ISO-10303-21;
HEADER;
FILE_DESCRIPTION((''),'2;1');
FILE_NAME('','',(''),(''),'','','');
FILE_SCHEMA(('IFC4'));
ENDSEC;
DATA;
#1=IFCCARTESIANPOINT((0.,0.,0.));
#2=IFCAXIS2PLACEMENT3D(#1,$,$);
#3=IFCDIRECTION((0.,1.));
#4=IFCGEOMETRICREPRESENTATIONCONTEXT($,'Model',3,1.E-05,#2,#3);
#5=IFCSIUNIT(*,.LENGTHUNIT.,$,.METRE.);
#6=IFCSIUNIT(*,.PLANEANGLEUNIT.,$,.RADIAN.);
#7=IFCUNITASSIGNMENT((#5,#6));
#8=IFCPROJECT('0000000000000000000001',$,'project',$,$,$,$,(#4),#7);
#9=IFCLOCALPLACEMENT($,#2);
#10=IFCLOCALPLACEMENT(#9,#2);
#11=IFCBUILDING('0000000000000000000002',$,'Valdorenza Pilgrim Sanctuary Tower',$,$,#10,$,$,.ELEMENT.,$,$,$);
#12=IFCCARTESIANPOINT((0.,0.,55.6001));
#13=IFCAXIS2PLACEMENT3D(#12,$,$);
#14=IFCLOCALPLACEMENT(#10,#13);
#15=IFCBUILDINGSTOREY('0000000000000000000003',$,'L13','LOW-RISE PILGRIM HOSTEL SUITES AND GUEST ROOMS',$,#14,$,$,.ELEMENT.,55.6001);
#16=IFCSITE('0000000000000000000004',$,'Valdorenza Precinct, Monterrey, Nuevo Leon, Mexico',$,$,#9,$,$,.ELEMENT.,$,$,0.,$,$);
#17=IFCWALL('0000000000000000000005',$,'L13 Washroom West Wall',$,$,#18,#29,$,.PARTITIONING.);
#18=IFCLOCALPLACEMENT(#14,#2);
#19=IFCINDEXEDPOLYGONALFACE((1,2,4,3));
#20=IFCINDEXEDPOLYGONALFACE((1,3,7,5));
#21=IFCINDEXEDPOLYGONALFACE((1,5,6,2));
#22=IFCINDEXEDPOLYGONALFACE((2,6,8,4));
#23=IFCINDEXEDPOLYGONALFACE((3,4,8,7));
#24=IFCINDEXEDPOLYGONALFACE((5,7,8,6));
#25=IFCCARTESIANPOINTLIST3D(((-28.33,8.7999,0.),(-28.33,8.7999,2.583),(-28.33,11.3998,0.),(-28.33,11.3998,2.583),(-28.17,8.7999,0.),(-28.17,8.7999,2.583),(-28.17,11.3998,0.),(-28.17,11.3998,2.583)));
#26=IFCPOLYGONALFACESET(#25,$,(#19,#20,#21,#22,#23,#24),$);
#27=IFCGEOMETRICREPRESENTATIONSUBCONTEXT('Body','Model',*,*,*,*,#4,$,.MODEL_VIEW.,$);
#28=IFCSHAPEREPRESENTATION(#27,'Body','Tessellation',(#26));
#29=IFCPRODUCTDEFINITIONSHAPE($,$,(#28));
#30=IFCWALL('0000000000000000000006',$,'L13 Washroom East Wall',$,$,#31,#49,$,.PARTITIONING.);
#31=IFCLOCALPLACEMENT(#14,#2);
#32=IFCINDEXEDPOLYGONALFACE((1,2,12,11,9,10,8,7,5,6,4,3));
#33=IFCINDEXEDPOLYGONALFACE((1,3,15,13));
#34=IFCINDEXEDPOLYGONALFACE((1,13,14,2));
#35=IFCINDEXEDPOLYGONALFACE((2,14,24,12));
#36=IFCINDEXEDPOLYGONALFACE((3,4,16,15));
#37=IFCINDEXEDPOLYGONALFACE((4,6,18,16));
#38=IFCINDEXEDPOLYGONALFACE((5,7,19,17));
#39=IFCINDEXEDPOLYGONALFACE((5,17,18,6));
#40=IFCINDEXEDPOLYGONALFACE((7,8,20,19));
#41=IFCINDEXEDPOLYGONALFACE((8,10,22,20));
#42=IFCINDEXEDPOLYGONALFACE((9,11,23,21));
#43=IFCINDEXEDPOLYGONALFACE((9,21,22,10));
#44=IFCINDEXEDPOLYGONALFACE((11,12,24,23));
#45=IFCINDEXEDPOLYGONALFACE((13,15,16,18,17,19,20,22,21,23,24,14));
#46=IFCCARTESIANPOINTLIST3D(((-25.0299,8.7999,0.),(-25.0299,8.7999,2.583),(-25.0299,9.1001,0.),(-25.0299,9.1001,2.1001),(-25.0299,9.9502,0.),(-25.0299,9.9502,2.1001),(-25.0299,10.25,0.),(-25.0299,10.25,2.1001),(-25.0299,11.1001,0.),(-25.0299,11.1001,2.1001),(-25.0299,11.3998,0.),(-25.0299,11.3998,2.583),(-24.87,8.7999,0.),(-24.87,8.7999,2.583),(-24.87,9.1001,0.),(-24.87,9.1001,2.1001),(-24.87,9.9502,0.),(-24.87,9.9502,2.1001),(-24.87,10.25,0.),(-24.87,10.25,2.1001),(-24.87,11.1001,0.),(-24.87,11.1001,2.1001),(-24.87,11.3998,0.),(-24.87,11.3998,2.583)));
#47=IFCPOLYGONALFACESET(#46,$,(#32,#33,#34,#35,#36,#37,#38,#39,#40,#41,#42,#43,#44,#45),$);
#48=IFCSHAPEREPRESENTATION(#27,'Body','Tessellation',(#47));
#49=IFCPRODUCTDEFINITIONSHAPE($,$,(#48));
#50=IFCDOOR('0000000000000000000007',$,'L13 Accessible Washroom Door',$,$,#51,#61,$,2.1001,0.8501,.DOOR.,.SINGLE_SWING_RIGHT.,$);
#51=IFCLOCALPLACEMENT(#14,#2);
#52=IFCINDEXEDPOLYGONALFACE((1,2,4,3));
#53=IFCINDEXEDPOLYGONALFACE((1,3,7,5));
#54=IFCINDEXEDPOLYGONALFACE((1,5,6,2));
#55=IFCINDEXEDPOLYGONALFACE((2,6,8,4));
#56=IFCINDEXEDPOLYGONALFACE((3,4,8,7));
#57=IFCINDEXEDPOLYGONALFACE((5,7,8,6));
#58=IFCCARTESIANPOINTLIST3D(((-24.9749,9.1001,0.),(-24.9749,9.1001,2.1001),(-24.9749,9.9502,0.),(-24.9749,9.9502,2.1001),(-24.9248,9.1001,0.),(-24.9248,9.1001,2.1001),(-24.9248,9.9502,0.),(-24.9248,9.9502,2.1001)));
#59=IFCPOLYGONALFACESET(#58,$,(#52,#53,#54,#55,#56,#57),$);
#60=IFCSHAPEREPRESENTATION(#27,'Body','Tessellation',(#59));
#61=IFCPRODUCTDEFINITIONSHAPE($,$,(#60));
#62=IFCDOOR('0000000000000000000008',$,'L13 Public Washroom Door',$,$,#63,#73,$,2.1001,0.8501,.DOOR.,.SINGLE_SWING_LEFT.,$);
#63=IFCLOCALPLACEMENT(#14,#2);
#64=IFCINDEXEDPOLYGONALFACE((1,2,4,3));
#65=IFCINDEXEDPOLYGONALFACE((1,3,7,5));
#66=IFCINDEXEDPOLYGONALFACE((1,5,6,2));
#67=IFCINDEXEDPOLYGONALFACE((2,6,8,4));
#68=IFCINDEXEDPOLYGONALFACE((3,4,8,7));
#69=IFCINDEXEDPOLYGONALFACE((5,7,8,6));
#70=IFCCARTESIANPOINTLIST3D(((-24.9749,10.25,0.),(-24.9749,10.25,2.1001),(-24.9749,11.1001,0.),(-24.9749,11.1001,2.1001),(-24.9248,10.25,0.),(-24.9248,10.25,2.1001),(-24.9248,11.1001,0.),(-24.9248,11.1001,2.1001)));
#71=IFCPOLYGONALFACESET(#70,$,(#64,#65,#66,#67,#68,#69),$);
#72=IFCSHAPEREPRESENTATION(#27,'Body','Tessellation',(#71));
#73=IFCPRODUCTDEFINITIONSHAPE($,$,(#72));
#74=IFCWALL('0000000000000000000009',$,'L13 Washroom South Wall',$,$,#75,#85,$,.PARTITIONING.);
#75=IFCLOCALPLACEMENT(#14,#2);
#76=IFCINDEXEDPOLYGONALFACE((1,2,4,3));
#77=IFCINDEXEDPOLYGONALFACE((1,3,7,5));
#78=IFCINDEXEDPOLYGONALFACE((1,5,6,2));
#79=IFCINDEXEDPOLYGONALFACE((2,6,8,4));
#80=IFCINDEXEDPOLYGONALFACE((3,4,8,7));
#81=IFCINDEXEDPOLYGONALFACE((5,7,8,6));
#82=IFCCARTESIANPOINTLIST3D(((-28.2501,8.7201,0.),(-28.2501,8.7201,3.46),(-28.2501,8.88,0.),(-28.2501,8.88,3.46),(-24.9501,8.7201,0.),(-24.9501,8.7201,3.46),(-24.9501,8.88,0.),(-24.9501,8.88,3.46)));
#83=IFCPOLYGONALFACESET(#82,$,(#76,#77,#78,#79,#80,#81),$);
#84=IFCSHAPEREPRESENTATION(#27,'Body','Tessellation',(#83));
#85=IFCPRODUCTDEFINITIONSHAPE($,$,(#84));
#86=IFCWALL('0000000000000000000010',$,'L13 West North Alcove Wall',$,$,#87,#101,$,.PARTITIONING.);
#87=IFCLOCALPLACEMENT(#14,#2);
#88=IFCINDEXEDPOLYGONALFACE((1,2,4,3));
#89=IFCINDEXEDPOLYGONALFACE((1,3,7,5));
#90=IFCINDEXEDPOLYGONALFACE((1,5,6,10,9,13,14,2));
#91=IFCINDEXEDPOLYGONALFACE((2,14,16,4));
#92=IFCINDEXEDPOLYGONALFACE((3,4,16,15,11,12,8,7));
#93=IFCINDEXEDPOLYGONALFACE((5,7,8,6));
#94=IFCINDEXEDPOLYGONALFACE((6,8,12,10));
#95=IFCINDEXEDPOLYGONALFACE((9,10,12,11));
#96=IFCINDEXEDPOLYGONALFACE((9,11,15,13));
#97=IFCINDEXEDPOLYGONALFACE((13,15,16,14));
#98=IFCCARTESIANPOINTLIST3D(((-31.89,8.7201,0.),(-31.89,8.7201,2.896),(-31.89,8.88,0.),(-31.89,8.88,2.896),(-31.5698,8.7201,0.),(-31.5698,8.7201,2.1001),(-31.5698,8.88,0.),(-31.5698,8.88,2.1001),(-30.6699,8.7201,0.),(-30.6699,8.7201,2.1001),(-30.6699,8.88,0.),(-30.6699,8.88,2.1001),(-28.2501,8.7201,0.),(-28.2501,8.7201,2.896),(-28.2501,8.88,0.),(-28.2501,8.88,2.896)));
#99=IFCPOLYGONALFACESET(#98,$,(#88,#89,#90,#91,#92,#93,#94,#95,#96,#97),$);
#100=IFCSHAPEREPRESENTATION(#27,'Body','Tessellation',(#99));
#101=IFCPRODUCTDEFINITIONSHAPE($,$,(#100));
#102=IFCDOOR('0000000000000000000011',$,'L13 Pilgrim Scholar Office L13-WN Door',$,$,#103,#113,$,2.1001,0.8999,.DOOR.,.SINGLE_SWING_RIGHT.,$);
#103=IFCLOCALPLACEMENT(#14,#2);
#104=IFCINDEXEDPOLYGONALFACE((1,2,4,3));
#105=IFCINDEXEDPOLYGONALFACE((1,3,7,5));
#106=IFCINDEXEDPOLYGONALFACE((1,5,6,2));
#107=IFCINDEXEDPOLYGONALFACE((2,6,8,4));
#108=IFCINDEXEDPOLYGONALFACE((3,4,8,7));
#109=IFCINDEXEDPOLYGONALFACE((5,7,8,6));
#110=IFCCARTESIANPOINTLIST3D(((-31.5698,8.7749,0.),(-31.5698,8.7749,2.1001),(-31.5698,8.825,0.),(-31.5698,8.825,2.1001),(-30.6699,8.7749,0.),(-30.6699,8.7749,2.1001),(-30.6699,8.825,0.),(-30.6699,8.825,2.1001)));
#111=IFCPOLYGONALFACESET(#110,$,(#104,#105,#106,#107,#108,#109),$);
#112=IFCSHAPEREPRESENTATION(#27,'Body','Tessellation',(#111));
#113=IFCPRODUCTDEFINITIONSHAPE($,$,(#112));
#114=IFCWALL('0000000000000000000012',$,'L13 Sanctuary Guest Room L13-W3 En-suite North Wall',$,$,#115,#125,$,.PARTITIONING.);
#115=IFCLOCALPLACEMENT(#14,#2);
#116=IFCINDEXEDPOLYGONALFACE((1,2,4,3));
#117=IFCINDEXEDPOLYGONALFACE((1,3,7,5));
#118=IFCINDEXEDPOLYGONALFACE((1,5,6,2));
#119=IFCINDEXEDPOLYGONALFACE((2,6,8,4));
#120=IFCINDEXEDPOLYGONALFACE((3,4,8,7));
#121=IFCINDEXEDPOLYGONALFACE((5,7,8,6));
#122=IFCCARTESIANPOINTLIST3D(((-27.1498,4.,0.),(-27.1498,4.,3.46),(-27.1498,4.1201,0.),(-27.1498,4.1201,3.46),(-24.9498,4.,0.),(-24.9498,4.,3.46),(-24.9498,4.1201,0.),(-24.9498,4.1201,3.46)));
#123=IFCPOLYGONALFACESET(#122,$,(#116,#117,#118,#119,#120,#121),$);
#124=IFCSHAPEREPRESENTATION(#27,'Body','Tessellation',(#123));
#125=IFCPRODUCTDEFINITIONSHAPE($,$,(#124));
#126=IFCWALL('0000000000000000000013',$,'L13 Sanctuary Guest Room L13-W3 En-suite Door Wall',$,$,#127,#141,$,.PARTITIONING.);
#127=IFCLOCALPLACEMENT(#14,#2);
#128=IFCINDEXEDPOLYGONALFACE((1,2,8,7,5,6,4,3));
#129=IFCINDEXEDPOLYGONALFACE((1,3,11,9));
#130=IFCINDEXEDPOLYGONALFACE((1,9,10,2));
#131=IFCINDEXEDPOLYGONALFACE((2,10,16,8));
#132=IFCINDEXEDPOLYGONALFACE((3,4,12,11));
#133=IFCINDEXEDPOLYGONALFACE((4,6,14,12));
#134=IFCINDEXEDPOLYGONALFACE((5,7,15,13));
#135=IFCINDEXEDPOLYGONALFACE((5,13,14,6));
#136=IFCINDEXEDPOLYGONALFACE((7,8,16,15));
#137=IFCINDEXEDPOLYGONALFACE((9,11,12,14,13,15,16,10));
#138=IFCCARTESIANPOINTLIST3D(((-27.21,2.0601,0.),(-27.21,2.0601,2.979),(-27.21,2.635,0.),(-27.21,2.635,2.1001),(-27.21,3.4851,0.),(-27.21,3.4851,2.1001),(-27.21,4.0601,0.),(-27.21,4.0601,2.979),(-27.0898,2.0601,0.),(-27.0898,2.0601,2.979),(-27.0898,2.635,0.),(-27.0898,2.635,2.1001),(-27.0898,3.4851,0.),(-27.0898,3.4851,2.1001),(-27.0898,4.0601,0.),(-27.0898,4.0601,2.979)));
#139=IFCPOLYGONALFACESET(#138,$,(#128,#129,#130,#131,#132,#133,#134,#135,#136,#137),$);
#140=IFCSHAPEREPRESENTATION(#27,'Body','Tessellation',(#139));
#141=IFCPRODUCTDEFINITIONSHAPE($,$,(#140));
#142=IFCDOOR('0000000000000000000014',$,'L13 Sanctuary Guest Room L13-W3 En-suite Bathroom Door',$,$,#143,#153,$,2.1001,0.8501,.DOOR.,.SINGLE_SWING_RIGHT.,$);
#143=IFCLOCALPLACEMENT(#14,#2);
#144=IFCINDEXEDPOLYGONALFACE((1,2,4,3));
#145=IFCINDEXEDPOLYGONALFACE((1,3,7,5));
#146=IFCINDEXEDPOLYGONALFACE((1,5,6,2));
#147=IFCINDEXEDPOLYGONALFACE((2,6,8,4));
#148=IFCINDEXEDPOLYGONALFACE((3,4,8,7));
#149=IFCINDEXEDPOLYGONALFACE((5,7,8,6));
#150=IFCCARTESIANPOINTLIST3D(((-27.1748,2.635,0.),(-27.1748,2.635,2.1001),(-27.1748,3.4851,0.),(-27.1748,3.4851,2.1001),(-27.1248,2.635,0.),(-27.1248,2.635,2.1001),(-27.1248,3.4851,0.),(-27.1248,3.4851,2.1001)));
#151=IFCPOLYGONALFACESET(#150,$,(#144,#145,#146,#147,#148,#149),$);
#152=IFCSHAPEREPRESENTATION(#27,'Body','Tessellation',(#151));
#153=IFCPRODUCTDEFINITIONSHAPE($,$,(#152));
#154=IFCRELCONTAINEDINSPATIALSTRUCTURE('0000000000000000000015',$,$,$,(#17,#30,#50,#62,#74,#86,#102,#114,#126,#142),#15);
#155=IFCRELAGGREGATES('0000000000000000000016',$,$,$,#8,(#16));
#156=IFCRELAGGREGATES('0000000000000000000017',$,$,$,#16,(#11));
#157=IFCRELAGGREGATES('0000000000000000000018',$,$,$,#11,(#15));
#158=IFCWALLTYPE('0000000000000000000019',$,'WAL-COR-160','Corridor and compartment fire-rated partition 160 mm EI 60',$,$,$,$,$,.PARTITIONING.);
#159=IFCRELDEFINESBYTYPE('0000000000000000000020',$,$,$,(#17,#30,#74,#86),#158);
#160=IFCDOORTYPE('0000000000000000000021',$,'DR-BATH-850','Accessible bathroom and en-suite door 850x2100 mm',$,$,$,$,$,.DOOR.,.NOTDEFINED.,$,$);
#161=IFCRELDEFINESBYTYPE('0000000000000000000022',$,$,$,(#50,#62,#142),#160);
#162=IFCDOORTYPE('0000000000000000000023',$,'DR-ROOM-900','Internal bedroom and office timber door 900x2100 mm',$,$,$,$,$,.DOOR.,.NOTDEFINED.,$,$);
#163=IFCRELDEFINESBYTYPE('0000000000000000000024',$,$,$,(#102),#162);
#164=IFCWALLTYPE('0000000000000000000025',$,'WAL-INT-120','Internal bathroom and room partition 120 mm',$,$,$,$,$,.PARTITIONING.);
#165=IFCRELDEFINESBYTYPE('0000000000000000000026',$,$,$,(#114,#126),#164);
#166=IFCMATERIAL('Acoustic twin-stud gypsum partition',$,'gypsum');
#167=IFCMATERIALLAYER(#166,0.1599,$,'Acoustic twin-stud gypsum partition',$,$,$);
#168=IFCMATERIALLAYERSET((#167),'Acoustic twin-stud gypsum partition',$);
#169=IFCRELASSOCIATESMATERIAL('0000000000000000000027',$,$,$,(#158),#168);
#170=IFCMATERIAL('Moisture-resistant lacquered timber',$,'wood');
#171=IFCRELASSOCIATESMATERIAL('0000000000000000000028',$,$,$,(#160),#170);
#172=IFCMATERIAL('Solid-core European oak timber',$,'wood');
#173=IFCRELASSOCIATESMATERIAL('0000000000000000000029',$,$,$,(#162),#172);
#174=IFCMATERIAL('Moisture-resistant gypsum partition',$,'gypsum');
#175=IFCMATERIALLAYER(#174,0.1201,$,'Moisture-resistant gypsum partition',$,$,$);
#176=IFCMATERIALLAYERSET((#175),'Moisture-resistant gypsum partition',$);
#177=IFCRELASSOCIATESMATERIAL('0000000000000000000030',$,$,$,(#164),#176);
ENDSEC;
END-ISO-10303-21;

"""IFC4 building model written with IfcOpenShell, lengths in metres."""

from ifc_helpers import new_model, si_unit, direction, frame, frame_2d, origin, place, context, subcontext, project, spatial, rectangle, extrude, material, layer, layer_set, type_object, element, fill, save


model = new_model("IFC4")

# Units and contexts
model_context = context("Model", 3, precision=1e-05, world=origin(), true_north=direction((0.0, 1.0)))
body_context = subcontext(model_context, "Body", "Model", "MODEL_VIEW")
ifc_project = project(units=[si_unit("LENGTHUNIT", "METRE"), si_unit("PLANEANGLEUNIT", "RADIAN")], contexts=[model_context])

# Site, building, storey
site_placement = place(None, origin())
site = spatial("IfcSite", under=ifc_project, at=site_placement, Name="Valdorenza Precinct, Monterrey, Nuevo Leon, Mexico", CompositionType="ELEMENT", RefElevation=0.0)
building_placement = place(site_placement, origin())
building = spatial("IfcBuilding", under=site, at=building_placement, Name="Valdorenza Pilgrim Sanctuary Tower", CompositionType="ELEMENT")
storey_placement = place(building_placement, frame((0.0, 0.0, 55.6001)))
storey = spatial("IfcBuildingStorey", under=building, at=storey_placement, Name="L13", Description="LOW-RISE PILGRIM HOSTEL SUITES AND GUEST ROOMS", CompositionType="ELEMENT", Elevation=55.6001)

# Wall
ifc_material_1 = material(Name="Acoustic twin-stud gypsum partition", Category="gypsum")
ifc_layer_1 = layer(ifc_material_1, 0.1599, Name="Acoustic twin-stud gypsum partition")
ifc_layer_set_1 = layer_set([ifc_layer_1], Name="Acoustic twin-stud gypsum partition")
wall_type_1 = type_object("IfcWallType", Name="WAL-COR-160", Description="Corridor and compartment fire-rated partition 160 mm EI 60", PredefinedType="PARTITIONING", material=ifc_layer_set_1)
wall_1_placement = place(storey_placement, frame((-28.25, 8.8, 0.0), z_axis=(0.0, 0.0, 1.0), x_axis=(0.0, 1.0, 0.0)))
element("IfcWall", 1, at=wall_1_placement, inside=storey, type_object=wall_type_1, Name="L13 Washroom West Wall", PredefinedType="PARTITIONING", context=body_context, shape_type="SweptSolid", body=[
    extrude(rectangle(XDim=2.5999, YDim=0.1599, at=frame_2d((1.2998, 0.0))), origin(), (0.0, 0.0, 1.0), 2.583),
])

# Wall, openings, doors
wall_2_placement = place(storey_placement, frame((-24.95, 8.8, 0.0), z_axis=(0.0, 0.0, 1.0), x_axis=(0.0, 1.0, 0.0)))
wall_2 = element("IfcWall", 2, at=wall_2_placement, inside=storey, type_object=wall_type_1, Name="L13 Washroom East Wall", PredefinedType="PARTITIONING", context=body_context, shape_type="SweptSolid", body=[
    extrude(rectangle(XDim=2.5999, YDim=0.1599, at=frame_2d((1.2998, 0.0))), origin(), (0.0, 0.0, 1.0), 2.583),
])
opening_1_placement = place(wall_2_placement, frame((0.3, 0.0, 0.0)))
opening_1 = element("IfcOpeningElement", 3, at=opening_1_placement, cuts=wall_2, PredefinedType="OPENING", context=body_context, shape_type="SweptSolid", body=[
    extrude(rectangle(XDim=0.8501, YDim=2.1001, at=frame_2d((0.425, 1.05))), frame((0.0, 0.0947, 0.0), z_axis=(0.0, -1.0, 0.0), x_axis=(1.0, 0.0, 0.0)), (0.0, 0.0, 1.0), 0.1897),
])
opening_2_placement = place(wall_2_placement, frame((1.45, 0.0, 0.0)))
opening_2 = element("IfcOpeningElement", 4, at=opening_2_placement, cuts=wall_2, PredefinedType="OPENING", context=body_context, shape_type="SweptSolid", body=[
    extrude(rectangle(XDim=0.8501, YDim=2.1001, at=frame_2d((0.425, 1.05))), frame((0.0, 0.0947, 0.0), z_axis=(0.0, -1.0, 0.0), x_axis=(1.0, 0.0, 0.0)), (0.0, 0.0, 1.0), 0.1897),
])
ifc_material_2 = material(Name="Moisture-resistant lacquered timber", Category="wood")
door_type_1 = type_object("IfcDoorType", Name="DR-BATH-850", Description="Accessible bathroom and en-suite door 850x2100 mm", OperationType="NOTDEFINED", PredefinedType="DOOR", material=ifc_material_2)
door_1_placement = place(opening_1_placement, origin())
door_1 = element("IfcDoor", 5, at=door_1_placement, inside=storey, type_object=door_type_1, Name="L13 Accessible Washroom Door", OperationType="SINGLE_SWING_RIGHT", OverallHeight=2.1001, OverallWidth=0.8501, PredefinedType="DOOR", context=body_context, shape_type="SweptSolid", body=[
    extrude(rectangle(XDim=0.8501, YDim=2.1001, at=frame_2d((0.425, 1.05))), frame((0.0, 0.0249, 0.0), z_axis=(0.0, -1.0, 0.0), x_axis=(1.0, 0.0, 0.0)), (0.0, 0.0, 1.0), 0.05),
])
fill(opening_1, door_1)
door_2_placement = place(opening_2_placement, origin())
door_2 = element("IfcDoor", 6, at=door_2_placement, inside=storey, type_object=door_type_1, Name="L13 Public Washroom Door", OperationType="SINGLE_SWING_LEFT", OverallHeight=2.1001, OverallWidth=0.8501, PredefinedType="DOOR", context=body_context, shape_type="SweptSolid", body=[
    extrude(rectangle(XDim=0.8501, YDim=2.1001, at=frame_2d((0.425, 1.05))), frame((0.0, 0.0249, 0.0), z_axis=(0.0, -1.0, 0.0), x_axis=(1.0, 0.0, 0.0)), (0.0, 0.0, 1.0), 0.05),
])
fill(opening_2, door_2)

# Wall
wall_3_placement = place(storey_placement, frame((-28.25, 8.8, 0.0), z_axis=(0.0, 0.0, 1.0), x_axis=(1.0, 0.0, 0.0)))
element("IfcWall", 7, at=wall_3_placement, inside=storey, type_object=wall_type_1, Name="L13 Washroom South Wall", PredefinedType="PARTITIONING", context=body_context, shape_type="SweptSolid", body=[
    extrude(rectangle(XDim=3.3, YDim=0.1599, at=frame_2d((1.6499, 0.0))), origin(), (0.0, 0.0, 1.0), 3.46),
])

# Wall, opening, door
wall_4_placement = place(storey_placement, frame((-31.8899, 8.8, 0.0), z_axis=(0.0, 0.0, 1.0), x_axis=(1.0, 0.0, 0.0)))
wall_4 = element("IfcWall", 8, at=wall_4_placement, inside=storey, type_object=wall_type_1, Name="L13 West North Alcove Wall", PredefinedType="PARTITIONING", context=body_context, shape_type="SweptSolid", body=[
    extrude(rectangle(XDim=3.6399, YDim=0.1599, at=frame_2d((1.8198, 0.0))), origin(), (0.0, 0.0, 1.0), 2.896),
])
opening_3_placement = place(wall_4_placement, frame((0.3201, 0.0, 0.0)))
opening_3 = element("IfcOpeningElement", 9, at=opening_3_placement, cuts=wall_4, PredefinedType="OPENING", context=body_context, shape_type="SweptSolid", body=[
    extrude(rectangle(XDim=0.8999, YDim=2.1001, at=frame_2d((0.45, 1.05))), frame((0.0, 0.0947, 0.0), z_axis=(0.0, -1.0, 0.0), x_axis=(1.0, 0.0, 0.0)), (0.0, 0.0, 1.0), 0.1897),
])
ifc_material_3 = material(Name="Solid-core European oak timber", Category="wood")
door_type_2 = type_object("IfcDoorType", Name="DR-ROOM-900", Description="Internal bedroom and office timber door 900x2100 mm", OperationType="NOTDEFINED", PredefinedType="DOOR", material=ifc_material_3)
door_3_placement = place(opening_3_placement, origin())
door_3 = element("IfcDoor", 10, at=door_3_placement, inside=storey, type_object=door_type_2, Name="L13 Pilgrim Scholar Office L13-WN Door", OperationType="SINGLE_SWING_RIGHT", OverallHeight=2.1001, OverallWidth=0.8999, PredefinedType="DOOR", context=body_context, shape_type="SweptSolid", body=[
    extrude(rectangle(XDim=0.8999, YDim=2.1001, at=frame_2d((0.45, 1.05))), frame((0.0, 0.0249, 0.0), z_axis=(0.0, -1.0, 0.0), x_axis=(1.0, 0.0, 0.0)), (0.0, 0.0, 1.0), 0.05),
])
fill(opening_3, door_3)

# Wall
ifc_material_4 = material(Name="Moisture-resistant gypsum partition", Category="gypsum")
ifc_layer_2 = layer(ifc_material_4, 0.1201, Name="Moisture-resistant gypsum partition")
ifc_layer_set_2 = layer_set([ifc_layer_2], Name="Moisture-resistant gypsum partition")
wall_type_2 = type_object("IfcWallType", Name="WAL-INT-120", Description="Internal bathroom and room partition 120 mm", PredefinedType="PARTITIONING", material=ifc_layer_set_2)
wall_5_placement = place(storey_placement, frame((-27.1499, 4.0601, 0.0), z_axis=(0.0, 0.0, 1.0), x_axis=(1.0, 0.0, 0.0)))
element("IfcWall", 11, at=wall_5_placement, inside=storey, type_object=wall_type_2, Name="L13 Sanctuary Guest Room L13-W3 En-suite North Wall", PredefinedType="PARTITIONING", context=body_context, shape_type="SweptSolid", body=[
    extrude(rectangle(XDim=2.2, YDim=0.1201, at=frame_2d((1.1001, 0.0))), origin(), (0.0, 0.0, 1.0), 3.46),
])

# Wall, opening, door
wall_6_placement = place(storey_placement, frame((-27.1499, 2.0601, 0.0), z_axis=(0.0, 0.0, 1.0), x_axis=(0.0, 1.0, 0.0)))
wall_6 = element("IfcWall", 12, at=wall_6_placement, inside=storey, type_object=wall_type_2, Name="L13 Sanctuary Guest Room L13-W3 En-suite Door Wall", PredefinedType="PARTITIONING", context=body_context, shape_type="SweptSolid", body=[
    extrude(rectangle(XDim=2.0, YDim=0.1201, at=frame_2d((1.0, 0.0))), origin(), (0.0, 0.0, 1.0), 2.979),
])
opening_4_placement = place(wall_6_placement, frame((0.575, 0.0, 0.0)))
opening_4 = element("IfcOpeningElement", 13, at=opening_4_placement, cuts=wall_6, PredefinedType="OPENING", context=body_context, shape_type="SweptSolid", body=[
    extrude(rectangle(XDim=0.8501, YDim=2.1001, at=frame_2d((0.425, 1.05))), frame((0.0, 0.075, 0.0), z_axis=(0.0, -1.0, 0.0), x_axis=(1.0, 0.0, 0.0)), (0.0, 0.0, 1.0), 0.1499),
])
door_4_placement = place(opening_4_placement, origin())
door_4 = element("IfcDoor", 14, at=door_4_placement, inside=storey, type_object=door_type_1, Name="L13 Sanctuary Guest Room L13-W3 En-suite Bathroom Door", OperationType="SINGLE_SWING_RIGHT", OverallHeight=2.1001, OverallWidth=0.8501, PredefinedType="DOOR", context=body_context, shape_type="SweptSolid", body=[
    extrude(rectangle(XDim=0.8501, YDim=2.1001, at=frame_2d((0.425, 1.05))), frame((0.0, 0.0249, 0.0), z_axis=(0.0, -1.0, 0.0), x_axis=(1.0, 0.0, 0.0)), (0.0, 0.0, 1.0), 0.05),
])
fill(opening_4, door_4)

save(model, "model.ifc")
